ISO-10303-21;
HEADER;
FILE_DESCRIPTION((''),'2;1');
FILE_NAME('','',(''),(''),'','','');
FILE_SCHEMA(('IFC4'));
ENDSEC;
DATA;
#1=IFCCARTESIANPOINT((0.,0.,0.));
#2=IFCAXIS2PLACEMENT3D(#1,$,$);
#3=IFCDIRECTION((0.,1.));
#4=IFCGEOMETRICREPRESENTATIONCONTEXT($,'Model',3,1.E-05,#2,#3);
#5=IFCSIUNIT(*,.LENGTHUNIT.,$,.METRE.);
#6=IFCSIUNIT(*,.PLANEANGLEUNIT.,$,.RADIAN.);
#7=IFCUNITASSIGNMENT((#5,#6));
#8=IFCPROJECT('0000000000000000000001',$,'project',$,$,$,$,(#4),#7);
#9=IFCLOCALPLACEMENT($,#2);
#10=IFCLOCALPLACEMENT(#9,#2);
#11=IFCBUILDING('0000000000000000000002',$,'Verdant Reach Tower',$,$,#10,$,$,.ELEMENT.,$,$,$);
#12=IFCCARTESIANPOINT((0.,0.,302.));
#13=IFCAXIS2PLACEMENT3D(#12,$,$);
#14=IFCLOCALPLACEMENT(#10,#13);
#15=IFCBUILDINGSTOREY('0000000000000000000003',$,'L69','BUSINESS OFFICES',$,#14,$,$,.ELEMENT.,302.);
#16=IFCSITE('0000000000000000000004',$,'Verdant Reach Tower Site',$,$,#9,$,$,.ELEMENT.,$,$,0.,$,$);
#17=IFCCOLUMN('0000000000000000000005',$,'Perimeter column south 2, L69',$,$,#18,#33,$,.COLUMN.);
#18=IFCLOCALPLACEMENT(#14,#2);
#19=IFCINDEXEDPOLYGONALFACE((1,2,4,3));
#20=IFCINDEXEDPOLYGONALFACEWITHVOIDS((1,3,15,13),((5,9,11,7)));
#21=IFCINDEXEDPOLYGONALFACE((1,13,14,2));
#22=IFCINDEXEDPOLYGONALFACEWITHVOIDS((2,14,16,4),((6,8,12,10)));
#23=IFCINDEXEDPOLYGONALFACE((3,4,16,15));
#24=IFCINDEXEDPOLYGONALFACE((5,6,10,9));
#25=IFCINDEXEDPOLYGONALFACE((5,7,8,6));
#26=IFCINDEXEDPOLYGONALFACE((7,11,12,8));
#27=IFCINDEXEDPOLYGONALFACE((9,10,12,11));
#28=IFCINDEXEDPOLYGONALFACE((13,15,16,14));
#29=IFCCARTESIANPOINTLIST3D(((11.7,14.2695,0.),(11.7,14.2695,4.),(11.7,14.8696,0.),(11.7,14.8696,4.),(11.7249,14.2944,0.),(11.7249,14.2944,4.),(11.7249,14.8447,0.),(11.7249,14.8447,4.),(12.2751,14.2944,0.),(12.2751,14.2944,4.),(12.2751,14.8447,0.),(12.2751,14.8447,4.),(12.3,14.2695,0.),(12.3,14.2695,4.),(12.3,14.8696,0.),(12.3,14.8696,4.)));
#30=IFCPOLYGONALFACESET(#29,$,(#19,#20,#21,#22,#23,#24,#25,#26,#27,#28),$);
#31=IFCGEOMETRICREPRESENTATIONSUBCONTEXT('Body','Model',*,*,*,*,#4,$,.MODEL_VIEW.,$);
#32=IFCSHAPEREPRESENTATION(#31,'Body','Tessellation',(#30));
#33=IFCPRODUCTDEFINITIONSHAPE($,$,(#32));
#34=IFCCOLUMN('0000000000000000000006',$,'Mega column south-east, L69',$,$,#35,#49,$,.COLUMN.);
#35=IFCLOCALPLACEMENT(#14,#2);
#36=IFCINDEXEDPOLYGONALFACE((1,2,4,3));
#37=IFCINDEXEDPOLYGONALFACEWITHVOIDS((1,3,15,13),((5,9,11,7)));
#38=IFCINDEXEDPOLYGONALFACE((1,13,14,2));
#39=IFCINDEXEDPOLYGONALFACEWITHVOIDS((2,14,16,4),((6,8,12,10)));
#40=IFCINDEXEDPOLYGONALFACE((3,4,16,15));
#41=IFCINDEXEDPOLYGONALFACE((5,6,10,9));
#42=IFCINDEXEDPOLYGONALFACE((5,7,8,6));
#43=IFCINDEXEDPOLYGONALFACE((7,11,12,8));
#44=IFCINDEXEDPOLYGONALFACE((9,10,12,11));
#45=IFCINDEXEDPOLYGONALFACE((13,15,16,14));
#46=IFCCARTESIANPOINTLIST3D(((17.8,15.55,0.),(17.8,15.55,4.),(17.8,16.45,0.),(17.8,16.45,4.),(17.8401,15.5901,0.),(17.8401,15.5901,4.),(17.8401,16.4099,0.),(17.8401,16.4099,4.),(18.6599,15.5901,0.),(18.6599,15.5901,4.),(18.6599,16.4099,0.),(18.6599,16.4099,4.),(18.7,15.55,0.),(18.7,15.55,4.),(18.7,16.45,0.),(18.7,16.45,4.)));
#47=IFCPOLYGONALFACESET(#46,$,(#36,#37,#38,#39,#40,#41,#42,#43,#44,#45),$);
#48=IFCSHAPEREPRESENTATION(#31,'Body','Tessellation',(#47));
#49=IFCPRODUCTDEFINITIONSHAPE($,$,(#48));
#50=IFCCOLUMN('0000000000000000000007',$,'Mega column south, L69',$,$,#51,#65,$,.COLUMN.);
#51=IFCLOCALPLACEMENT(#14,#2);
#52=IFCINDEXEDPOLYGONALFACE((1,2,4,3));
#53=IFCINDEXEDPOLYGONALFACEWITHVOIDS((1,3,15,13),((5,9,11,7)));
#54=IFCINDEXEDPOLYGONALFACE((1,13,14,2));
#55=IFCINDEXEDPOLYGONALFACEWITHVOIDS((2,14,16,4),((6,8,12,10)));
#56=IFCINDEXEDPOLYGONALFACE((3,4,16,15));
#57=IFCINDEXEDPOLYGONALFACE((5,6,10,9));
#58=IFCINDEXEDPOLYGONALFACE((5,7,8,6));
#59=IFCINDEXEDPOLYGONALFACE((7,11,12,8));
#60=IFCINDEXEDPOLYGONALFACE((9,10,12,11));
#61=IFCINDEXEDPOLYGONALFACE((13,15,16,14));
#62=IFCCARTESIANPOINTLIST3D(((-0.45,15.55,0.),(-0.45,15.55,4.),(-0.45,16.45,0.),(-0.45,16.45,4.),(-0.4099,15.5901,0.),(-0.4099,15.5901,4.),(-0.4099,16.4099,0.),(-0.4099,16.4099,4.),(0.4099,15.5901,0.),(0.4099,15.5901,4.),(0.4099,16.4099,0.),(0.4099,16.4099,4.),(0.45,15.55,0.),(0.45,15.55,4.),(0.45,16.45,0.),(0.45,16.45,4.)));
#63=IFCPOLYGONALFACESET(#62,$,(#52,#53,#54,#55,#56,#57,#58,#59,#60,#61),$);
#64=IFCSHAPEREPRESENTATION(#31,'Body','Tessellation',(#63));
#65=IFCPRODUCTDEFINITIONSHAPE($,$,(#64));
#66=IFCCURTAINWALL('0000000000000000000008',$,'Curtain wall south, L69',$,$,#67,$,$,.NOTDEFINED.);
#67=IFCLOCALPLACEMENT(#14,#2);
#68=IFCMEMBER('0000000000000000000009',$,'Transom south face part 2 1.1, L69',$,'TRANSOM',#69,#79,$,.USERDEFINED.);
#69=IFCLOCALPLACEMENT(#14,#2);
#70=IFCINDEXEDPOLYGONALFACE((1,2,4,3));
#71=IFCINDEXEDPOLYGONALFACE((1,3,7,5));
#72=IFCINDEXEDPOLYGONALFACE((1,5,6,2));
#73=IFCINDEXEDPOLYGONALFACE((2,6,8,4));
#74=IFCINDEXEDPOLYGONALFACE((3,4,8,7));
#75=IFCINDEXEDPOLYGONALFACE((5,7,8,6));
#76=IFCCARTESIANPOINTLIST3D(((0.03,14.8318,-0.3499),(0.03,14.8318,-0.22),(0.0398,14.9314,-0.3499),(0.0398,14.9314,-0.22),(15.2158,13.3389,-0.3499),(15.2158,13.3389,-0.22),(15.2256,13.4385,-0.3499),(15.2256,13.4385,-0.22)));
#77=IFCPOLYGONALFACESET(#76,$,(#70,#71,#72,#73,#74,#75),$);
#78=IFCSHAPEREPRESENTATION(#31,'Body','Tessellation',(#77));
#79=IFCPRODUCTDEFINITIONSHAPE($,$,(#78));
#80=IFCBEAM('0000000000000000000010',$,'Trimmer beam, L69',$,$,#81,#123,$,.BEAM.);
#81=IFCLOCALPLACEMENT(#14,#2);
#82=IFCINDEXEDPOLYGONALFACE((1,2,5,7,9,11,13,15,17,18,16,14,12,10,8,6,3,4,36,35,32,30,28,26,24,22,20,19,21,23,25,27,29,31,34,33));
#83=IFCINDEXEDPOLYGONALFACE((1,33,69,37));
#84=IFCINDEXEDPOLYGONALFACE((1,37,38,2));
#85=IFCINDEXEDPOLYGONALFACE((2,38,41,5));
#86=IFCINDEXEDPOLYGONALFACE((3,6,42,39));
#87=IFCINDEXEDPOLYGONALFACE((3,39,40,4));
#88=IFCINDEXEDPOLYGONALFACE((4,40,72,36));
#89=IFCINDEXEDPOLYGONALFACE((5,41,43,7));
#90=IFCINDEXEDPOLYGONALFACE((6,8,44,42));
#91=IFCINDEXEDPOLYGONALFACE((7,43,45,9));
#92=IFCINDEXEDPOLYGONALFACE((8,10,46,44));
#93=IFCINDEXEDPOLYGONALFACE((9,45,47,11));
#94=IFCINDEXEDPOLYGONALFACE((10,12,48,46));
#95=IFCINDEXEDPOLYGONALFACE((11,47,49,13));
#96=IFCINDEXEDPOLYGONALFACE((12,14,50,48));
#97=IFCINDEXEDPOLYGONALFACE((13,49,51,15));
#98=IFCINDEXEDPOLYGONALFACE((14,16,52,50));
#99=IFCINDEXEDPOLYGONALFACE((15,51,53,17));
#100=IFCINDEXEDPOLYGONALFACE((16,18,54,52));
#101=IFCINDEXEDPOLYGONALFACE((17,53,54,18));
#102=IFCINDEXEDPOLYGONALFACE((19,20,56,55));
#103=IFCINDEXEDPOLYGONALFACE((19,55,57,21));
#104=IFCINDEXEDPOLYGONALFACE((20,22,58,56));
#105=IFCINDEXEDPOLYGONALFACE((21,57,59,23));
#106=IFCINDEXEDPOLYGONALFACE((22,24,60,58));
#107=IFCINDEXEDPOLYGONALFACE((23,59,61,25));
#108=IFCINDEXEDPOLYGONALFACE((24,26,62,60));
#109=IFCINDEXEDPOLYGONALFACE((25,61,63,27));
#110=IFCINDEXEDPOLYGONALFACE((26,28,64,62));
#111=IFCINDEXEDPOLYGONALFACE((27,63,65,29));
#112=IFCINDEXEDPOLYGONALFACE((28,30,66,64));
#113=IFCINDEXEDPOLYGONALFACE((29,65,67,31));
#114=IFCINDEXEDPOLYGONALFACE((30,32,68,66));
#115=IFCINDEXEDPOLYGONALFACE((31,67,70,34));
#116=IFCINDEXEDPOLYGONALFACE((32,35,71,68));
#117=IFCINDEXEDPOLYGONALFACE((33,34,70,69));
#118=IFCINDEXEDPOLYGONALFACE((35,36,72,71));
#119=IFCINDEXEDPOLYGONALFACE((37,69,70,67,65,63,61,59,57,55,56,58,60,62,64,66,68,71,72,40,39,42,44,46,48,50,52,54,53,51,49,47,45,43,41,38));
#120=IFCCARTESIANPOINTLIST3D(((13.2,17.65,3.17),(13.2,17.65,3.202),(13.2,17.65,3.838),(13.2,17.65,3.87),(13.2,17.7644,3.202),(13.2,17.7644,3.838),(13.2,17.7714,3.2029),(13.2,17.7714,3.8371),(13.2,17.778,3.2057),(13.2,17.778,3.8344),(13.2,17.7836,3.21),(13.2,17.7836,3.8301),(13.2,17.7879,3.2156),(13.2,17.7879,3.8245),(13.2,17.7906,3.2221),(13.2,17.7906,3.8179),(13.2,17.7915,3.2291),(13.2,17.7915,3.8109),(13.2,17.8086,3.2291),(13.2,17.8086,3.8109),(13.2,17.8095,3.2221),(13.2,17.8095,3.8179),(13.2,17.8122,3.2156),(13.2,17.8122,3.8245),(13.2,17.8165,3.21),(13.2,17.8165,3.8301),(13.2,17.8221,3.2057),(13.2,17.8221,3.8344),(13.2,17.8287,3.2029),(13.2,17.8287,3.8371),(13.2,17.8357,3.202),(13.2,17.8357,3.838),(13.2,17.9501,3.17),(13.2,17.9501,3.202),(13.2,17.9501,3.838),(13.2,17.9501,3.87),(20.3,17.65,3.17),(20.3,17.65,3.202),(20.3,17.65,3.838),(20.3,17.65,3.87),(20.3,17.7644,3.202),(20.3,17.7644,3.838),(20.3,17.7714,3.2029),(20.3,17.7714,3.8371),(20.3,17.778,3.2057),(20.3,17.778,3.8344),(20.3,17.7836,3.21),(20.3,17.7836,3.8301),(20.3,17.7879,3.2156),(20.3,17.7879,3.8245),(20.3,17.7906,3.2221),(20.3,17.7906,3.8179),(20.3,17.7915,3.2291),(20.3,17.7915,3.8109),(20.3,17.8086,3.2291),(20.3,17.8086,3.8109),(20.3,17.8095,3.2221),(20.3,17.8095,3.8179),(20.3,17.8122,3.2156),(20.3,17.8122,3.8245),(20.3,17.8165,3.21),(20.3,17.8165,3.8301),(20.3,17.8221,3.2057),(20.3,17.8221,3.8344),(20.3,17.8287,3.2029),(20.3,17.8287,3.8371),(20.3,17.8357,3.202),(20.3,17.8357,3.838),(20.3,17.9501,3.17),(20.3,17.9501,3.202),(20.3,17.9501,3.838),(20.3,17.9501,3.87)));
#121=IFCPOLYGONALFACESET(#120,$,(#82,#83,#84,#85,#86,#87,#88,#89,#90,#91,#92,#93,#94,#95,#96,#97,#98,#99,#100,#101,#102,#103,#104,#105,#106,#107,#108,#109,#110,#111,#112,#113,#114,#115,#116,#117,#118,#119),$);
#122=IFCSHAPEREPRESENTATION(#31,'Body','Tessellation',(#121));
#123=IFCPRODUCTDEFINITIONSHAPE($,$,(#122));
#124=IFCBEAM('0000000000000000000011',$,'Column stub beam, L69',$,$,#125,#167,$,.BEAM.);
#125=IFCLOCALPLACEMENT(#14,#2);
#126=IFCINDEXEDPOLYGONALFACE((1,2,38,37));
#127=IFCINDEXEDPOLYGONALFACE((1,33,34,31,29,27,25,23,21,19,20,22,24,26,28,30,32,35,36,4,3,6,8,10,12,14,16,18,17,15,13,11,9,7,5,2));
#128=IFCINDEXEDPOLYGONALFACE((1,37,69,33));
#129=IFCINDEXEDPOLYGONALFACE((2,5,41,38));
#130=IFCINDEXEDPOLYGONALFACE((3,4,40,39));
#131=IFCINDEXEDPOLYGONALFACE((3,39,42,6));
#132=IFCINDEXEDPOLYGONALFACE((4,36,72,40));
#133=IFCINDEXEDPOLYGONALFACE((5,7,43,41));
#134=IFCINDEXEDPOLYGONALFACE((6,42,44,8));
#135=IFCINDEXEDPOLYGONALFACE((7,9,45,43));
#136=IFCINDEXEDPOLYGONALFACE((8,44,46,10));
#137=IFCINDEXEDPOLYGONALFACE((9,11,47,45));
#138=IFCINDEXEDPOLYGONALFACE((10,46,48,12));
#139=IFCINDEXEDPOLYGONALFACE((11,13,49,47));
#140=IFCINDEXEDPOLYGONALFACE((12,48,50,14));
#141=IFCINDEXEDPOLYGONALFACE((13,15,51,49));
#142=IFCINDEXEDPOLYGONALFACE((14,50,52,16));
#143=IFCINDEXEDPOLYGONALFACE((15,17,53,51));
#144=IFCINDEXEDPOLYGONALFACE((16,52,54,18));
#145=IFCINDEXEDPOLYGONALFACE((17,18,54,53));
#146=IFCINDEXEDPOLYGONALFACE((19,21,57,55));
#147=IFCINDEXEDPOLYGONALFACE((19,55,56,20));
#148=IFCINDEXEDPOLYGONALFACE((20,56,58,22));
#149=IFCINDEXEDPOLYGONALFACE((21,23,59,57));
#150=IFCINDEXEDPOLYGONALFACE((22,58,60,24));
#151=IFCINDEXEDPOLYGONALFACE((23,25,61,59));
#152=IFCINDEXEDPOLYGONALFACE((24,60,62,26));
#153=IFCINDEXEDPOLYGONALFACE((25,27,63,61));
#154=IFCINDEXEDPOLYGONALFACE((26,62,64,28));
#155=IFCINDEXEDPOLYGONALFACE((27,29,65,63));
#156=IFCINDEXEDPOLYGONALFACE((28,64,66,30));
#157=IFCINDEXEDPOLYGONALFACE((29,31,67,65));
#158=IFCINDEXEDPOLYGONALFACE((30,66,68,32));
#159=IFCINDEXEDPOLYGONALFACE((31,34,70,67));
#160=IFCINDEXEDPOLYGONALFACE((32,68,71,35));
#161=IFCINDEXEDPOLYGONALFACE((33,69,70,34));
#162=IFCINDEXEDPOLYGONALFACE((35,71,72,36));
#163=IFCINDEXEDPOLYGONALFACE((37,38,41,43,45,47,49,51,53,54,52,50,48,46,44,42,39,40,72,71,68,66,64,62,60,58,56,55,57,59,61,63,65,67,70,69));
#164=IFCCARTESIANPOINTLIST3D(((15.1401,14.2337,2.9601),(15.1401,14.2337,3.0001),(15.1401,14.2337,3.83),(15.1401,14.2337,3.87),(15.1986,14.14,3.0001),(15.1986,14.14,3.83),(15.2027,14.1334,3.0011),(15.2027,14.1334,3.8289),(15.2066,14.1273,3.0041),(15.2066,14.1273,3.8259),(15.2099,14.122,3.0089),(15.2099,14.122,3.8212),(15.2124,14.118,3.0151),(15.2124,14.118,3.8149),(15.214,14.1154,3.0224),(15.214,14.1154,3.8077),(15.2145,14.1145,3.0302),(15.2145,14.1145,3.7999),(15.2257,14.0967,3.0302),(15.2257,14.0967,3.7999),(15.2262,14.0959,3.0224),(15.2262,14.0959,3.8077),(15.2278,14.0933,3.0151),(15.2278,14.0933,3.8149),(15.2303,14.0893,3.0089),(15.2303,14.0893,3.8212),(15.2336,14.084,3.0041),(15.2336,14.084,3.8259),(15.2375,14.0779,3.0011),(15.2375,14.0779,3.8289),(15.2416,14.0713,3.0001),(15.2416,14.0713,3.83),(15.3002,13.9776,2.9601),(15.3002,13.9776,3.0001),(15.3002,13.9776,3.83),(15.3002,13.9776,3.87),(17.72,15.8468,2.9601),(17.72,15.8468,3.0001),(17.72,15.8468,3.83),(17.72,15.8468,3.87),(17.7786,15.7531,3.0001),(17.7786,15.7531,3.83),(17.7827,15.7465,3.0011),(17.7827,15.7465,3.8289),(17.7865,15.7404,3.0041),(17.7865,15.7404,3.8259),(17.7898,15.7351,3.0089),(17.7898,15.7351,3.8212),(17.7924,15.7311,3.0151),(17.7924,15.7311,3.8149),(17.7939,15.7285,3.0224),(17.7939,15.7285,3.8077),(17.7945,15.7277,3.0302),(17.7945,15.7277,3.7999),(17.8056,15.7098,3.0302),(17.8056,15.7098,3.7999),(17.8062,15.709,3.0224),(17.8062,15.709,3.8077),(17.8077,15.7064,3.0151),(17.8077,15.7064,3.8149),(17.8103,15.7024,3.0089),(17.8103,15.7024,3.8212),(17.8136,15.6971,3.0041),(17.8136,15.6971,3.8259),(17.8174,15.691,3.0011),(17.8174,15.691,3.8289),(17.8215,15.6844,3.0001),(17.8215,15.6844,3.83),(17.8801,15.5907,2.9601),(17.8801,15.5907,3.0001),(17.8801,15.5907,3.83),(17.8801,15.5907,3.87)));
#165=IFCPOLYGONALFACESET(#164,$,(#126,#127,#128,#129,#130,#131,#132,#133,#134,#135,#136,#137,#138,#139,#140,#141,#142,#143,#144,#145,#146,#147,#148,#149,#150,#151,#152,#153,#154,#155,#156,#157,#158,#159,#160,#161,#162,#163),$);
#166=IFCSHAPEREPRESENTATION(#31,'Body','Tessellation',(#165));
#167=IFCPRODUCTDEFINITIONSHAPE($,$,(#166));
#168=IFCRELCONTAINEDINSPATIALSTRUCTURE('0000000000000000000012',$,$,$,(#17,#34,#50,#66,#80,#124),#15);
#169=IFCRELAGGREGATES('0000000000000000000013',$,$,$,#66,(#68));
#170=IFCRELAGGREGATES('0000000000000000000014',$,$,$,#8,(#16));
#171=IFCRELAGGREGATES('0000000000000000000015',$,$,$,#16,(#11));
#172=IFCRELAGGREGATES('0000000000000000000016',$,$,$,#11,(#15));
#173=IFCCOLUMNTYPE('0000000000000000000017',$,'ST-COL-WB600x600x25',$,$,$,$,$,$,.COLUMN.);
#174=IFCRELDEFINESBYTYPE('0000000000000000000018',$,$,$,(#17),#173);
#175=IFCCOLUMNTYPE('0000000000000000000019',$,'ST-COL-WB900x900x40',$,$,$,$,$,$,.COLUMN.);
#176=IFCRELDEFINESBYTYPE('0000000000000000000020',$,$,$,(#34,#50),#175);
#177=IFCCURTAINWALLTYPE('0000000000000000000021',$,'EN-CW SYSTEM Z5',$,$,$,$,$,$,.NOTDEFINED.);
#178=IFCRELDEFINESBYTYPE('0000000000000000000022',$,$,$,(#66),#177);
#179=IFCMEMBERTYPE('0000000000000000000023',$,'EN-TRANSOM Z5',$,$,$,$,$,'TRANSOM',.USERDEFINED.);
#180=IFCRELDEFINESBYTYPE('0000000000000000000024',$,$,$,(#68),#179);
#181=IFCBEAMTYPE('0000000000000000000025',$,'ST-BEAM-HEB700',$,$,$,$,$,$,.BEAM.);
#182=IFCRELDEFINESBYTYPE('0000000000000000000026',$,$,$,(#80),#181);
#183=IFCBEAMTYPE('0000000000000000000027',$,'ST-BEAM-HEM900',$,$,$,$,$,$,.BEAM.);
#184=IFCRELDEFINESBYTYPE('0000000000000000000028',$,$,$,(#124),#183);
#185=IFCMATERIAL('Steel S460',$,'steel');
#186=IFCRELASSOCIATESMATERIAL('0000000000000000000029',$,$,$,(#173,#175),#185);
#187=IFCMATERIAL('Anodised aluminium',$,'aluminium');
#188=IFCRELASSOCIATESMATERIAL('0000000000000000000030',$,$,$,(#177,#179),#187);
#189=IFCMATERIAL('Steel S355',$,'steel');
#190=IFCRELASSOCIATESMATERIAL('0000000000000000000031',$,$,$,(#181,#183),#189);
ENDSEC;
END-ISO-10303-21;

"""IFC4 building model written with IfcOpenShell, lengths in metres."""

from ifc_helpers import new_model, si_unit, direction, frame, origin, origin_2d, place, context, subcontext, project, spatial, rectangle, hollow_rectangle, i_section, extrude, material, material_profile, profile_set, type_object, element, aggregate, save


model = new_model("IFC4")

# Units and contexts
model_context = context("Model", 3, precision=1e-05, world=origin(), true_north=direction((0.0, 1.0)))
body_context = subcontext(model_context, "Body", "Model", "MODEL_VIEW")
ifc_project = project(units=[si_unit("LENGTHUNIT", "METRE"), si_unit("PLANEANGLEUNIT", "RADIAN")], contexts=[model_context])

# Site, building, storey
site_placement = place(None, origin())
site = spatial("IfcSite", under=ifc_project, at=site_placement, Name="Verdant Reach Tower Site", CompositionType="ELEMENT", RefElevation=0.0)
building_placement = place(site_placement, origin())
building = spatial("IfcBuilding", under=site, at=building_placement, Name="Verdant Reach Tower", CompositionType="ELEMENT")
storey_placement = place(building_placement, frame((0.0, 0.0, 302.0)))
storey = spatial("IfcBuildingStorey", under=building, at=storey_placement, Name="L69", Description="BUSINESS OFFICES", CompositionType="ELEMENT", Elevation=302.0)

# Columns
ifc_material_1 = material(Name="Steel S460", Category="steel")
ifc_material_profile_1 = material_profile(ifc_material_1, hollow_rectangle(XDim=0.6001, YDim=0.6001, WallThickness=0.0249, at=origin_2d()), Name="WB 600x600x25")
ifc_profile_set_1 = profile_set([ifc_material_profile_1], Name="Steel S460")
column_type_1 = type_object("IfcColumnType", Name="ST-COL-WB600x600x25", PredefinedType="COLUMN", material=ifc_profile_set_1)
column_placement = place(storey_placement, frame((12.0, 14.5696, 0.0), z_axis=(0.0, 0.0, 1.0), x_axis=(1.0, 0.0, 0.0)))
element("IfcColumn", 1, at=column_placement, inside=storey, type_object=column_type_1, Name="Perimeter column south 2, L69", PredefinedType="COLUMN", context=body_context, shape_type="SweptSolid", body=[
    extrude(hollow_rectangle(XDim=0.6001, YDim=0.6001, WallThickness=0.0249, at=origin_2d()), origin(), (0.0, 0.0, 1.0), 4.0),
])
ifc_material_profile_2 = material_profile(ifc_material_1, hollow_rectangle(XDim=0.8999, YDim=0.8999, WallThickness=0.04, at=origin_2d()), Name="WB 900x900x40")
ifc_profile_set_2 = profile_set([ifc_material_profile_2], Name="Steel S460")
column_type_2 = type_object("IfcColumnType", Name="ST-COL-WB900x900x40", PredefinedType="COLUMN", material=ifc_profile_set_2)
for number, where, z_axis, x_axis, name in (
    (2, (18.25, 16.0, 0.0), (0.0, 0.0, 1.0), (1.0, 0.0, 0.0), "Mega column south-east, L69"),
    (3, (0.0, 16.0, 0.0), (0.0, 0.0, 1.0), (1.0, 0.0, 0.0), "Mega column south, L69"),
):
    element("IfcColumn", number, at=place(storey_placement, frame(where, z_axis=z_axis, x_axis=x_axis)), inside=storey, type_object=column_type_2, Name=name, PredefinedType="COLUMN", context=body_context, shape_type="SweptSolid", body=[
        extrude(hollow_rectangle(XDim=0.8999, YDim=0.8999, WallThickness=0.04, at=origin_2d()), origin(), (0.0, 0.0, 1.0), 4.0),
    ])

# Curtain wall, member
ifc_material_2 = material(Name="Anodised aluminium", Category="aluminium")
curtain_wall_type = type_object("IfcCurtainWallType", Name="EN-CW SYSTEM Z5", PredefinedType="NOTDEFINED", material=ifc_material_2)
curtain_wall_1_placement = place(storey_placement, origin())
curtain_wall_1 = element("IfcCurtainWall", 4, at=curtain_wall_1_placement, inside=storey, type_object=curtain_wall_type, Name="Curtain wall south, L69", PredefinedType="NOTDEFINED")
ifc_material_profile_3 = material_profile(ifc_material_2, rectangle(XDim=0.1001, YDim=0.1299, at=origin_2d()), Name="Transom 130x100")
ifc_profile_set_3 = profile_set([ifc_material_profile_3], Name="Anodised aluminium")
member_type = type_object("IfcMemberType", Name="EN-TRANSOM Z5", ElementType="TRANSOM", PredefinedType="USERDEFINED", material=ifc_profile_set_3)
member_placement = place(storey_placement, frame((0.0349, 14.8816, -0.2849), z_axis=(0.995202, -0.097839, 0.0), x_axis=(0.097839, 0.995202, 0.0)))
member = element("IfcMember", 5, at=member_placement, type_object=member_type, Name="Transom south face part 2 1.1, L69", ObjectType="TRANSOM", PredefinedType="USERDEFINED", context=body_context, shape_type="SweptSolid", body=[
    extrude(rectangle(XDim=0.1001, YDim=0.1299, at=origin_2d()), origin(), (0.0, 0.0, 1.0), 15.259),
])

# Beams
ifc_material_3 = material(Name="Steel S355", Category="steel")
ifc_material_profile_4 = material_profile(ifc_material_3, i_section(OverallWidth=0.3, OverallDepth=0.7, WebThickness=0.0171, FlangeThickness=0.032, FilletRadius=0.0271, at=origin_2d()), Name="HEB 700")
ifc_profile_set_4 = profile_set([ifc_material_profile_4], Name="Steel S355")
beam_type_1 = type_object("IfcBeamType", Name="ST-BEAM-HEB700", PredefinedType="BEAM", material=ifc_profile_set_4)
beam_1_placement = place(storey_placement, frame((13.2, 17.8, 3.52), z_axis=(1.0, 0.0, 0.0), x_axis=(0.0, 1.0, 0.0)))
element("IfcBeam", 6, at=beam_1_placement, inside=storey, type_object=beam_type_1, Name="Trimmer beam, L69", PredefinedType="BEAM", context=body_context, shape_type="SweptSolid", body=[
    extrude(i_section(OverallWidth=0.3, OverallDepth=0.7, WebThickness=0.0171, FlangeThickness=0.032, FilletRadius=0.0271, at=origin_2d()), origin(), (0.0, 0.0, 1.0), 7.1001),
])
ifc_material_profile_5 = material_profile(ifc_material_3, i_section(OverallWidth=0.302, OverallDepth=0.9099, WebThickness=0.021, FlangeThickness=0.04, FilletRadius=0.03, at=origin_2d()), Name="HEM 900")
ifc_profile_set_5 = profile_set([ifc_material_profile_5], Name="Steel S355")
beam_type_2 = type_object("IfcBeamType", Name="ST-BEAM-HEM900", PredefinedType="BEAM", material=ifc_profile_set_5)
beam_2_placement = place(storey_placement, frame((17.8, 15.7188, 3.415), z_axis=(-0.847904, -0.53015, 0.0), x_axis=(0.53015, -0.847904, 0.0)))
element("IfcBeam", 7, at=beam_2_placement, inside=storey, type_object=beam_type_2, Name="Column stub beam, L69", PredefinedType="BEAM", context=body_context, shape_type="SweptSolid", body=[
    extrude(i_section(OverallWidth=0.302, OverallDepth=0.9099, WebThickness=0.021, FlangeThickness=0.04, FilletRadius=0.03, at=origin_2d()), origin(), (0.0, 0.0, 1.0), 3.0427),
])

aggregate(curtain_wall_1, [member])

save(model, "model.ifc")
